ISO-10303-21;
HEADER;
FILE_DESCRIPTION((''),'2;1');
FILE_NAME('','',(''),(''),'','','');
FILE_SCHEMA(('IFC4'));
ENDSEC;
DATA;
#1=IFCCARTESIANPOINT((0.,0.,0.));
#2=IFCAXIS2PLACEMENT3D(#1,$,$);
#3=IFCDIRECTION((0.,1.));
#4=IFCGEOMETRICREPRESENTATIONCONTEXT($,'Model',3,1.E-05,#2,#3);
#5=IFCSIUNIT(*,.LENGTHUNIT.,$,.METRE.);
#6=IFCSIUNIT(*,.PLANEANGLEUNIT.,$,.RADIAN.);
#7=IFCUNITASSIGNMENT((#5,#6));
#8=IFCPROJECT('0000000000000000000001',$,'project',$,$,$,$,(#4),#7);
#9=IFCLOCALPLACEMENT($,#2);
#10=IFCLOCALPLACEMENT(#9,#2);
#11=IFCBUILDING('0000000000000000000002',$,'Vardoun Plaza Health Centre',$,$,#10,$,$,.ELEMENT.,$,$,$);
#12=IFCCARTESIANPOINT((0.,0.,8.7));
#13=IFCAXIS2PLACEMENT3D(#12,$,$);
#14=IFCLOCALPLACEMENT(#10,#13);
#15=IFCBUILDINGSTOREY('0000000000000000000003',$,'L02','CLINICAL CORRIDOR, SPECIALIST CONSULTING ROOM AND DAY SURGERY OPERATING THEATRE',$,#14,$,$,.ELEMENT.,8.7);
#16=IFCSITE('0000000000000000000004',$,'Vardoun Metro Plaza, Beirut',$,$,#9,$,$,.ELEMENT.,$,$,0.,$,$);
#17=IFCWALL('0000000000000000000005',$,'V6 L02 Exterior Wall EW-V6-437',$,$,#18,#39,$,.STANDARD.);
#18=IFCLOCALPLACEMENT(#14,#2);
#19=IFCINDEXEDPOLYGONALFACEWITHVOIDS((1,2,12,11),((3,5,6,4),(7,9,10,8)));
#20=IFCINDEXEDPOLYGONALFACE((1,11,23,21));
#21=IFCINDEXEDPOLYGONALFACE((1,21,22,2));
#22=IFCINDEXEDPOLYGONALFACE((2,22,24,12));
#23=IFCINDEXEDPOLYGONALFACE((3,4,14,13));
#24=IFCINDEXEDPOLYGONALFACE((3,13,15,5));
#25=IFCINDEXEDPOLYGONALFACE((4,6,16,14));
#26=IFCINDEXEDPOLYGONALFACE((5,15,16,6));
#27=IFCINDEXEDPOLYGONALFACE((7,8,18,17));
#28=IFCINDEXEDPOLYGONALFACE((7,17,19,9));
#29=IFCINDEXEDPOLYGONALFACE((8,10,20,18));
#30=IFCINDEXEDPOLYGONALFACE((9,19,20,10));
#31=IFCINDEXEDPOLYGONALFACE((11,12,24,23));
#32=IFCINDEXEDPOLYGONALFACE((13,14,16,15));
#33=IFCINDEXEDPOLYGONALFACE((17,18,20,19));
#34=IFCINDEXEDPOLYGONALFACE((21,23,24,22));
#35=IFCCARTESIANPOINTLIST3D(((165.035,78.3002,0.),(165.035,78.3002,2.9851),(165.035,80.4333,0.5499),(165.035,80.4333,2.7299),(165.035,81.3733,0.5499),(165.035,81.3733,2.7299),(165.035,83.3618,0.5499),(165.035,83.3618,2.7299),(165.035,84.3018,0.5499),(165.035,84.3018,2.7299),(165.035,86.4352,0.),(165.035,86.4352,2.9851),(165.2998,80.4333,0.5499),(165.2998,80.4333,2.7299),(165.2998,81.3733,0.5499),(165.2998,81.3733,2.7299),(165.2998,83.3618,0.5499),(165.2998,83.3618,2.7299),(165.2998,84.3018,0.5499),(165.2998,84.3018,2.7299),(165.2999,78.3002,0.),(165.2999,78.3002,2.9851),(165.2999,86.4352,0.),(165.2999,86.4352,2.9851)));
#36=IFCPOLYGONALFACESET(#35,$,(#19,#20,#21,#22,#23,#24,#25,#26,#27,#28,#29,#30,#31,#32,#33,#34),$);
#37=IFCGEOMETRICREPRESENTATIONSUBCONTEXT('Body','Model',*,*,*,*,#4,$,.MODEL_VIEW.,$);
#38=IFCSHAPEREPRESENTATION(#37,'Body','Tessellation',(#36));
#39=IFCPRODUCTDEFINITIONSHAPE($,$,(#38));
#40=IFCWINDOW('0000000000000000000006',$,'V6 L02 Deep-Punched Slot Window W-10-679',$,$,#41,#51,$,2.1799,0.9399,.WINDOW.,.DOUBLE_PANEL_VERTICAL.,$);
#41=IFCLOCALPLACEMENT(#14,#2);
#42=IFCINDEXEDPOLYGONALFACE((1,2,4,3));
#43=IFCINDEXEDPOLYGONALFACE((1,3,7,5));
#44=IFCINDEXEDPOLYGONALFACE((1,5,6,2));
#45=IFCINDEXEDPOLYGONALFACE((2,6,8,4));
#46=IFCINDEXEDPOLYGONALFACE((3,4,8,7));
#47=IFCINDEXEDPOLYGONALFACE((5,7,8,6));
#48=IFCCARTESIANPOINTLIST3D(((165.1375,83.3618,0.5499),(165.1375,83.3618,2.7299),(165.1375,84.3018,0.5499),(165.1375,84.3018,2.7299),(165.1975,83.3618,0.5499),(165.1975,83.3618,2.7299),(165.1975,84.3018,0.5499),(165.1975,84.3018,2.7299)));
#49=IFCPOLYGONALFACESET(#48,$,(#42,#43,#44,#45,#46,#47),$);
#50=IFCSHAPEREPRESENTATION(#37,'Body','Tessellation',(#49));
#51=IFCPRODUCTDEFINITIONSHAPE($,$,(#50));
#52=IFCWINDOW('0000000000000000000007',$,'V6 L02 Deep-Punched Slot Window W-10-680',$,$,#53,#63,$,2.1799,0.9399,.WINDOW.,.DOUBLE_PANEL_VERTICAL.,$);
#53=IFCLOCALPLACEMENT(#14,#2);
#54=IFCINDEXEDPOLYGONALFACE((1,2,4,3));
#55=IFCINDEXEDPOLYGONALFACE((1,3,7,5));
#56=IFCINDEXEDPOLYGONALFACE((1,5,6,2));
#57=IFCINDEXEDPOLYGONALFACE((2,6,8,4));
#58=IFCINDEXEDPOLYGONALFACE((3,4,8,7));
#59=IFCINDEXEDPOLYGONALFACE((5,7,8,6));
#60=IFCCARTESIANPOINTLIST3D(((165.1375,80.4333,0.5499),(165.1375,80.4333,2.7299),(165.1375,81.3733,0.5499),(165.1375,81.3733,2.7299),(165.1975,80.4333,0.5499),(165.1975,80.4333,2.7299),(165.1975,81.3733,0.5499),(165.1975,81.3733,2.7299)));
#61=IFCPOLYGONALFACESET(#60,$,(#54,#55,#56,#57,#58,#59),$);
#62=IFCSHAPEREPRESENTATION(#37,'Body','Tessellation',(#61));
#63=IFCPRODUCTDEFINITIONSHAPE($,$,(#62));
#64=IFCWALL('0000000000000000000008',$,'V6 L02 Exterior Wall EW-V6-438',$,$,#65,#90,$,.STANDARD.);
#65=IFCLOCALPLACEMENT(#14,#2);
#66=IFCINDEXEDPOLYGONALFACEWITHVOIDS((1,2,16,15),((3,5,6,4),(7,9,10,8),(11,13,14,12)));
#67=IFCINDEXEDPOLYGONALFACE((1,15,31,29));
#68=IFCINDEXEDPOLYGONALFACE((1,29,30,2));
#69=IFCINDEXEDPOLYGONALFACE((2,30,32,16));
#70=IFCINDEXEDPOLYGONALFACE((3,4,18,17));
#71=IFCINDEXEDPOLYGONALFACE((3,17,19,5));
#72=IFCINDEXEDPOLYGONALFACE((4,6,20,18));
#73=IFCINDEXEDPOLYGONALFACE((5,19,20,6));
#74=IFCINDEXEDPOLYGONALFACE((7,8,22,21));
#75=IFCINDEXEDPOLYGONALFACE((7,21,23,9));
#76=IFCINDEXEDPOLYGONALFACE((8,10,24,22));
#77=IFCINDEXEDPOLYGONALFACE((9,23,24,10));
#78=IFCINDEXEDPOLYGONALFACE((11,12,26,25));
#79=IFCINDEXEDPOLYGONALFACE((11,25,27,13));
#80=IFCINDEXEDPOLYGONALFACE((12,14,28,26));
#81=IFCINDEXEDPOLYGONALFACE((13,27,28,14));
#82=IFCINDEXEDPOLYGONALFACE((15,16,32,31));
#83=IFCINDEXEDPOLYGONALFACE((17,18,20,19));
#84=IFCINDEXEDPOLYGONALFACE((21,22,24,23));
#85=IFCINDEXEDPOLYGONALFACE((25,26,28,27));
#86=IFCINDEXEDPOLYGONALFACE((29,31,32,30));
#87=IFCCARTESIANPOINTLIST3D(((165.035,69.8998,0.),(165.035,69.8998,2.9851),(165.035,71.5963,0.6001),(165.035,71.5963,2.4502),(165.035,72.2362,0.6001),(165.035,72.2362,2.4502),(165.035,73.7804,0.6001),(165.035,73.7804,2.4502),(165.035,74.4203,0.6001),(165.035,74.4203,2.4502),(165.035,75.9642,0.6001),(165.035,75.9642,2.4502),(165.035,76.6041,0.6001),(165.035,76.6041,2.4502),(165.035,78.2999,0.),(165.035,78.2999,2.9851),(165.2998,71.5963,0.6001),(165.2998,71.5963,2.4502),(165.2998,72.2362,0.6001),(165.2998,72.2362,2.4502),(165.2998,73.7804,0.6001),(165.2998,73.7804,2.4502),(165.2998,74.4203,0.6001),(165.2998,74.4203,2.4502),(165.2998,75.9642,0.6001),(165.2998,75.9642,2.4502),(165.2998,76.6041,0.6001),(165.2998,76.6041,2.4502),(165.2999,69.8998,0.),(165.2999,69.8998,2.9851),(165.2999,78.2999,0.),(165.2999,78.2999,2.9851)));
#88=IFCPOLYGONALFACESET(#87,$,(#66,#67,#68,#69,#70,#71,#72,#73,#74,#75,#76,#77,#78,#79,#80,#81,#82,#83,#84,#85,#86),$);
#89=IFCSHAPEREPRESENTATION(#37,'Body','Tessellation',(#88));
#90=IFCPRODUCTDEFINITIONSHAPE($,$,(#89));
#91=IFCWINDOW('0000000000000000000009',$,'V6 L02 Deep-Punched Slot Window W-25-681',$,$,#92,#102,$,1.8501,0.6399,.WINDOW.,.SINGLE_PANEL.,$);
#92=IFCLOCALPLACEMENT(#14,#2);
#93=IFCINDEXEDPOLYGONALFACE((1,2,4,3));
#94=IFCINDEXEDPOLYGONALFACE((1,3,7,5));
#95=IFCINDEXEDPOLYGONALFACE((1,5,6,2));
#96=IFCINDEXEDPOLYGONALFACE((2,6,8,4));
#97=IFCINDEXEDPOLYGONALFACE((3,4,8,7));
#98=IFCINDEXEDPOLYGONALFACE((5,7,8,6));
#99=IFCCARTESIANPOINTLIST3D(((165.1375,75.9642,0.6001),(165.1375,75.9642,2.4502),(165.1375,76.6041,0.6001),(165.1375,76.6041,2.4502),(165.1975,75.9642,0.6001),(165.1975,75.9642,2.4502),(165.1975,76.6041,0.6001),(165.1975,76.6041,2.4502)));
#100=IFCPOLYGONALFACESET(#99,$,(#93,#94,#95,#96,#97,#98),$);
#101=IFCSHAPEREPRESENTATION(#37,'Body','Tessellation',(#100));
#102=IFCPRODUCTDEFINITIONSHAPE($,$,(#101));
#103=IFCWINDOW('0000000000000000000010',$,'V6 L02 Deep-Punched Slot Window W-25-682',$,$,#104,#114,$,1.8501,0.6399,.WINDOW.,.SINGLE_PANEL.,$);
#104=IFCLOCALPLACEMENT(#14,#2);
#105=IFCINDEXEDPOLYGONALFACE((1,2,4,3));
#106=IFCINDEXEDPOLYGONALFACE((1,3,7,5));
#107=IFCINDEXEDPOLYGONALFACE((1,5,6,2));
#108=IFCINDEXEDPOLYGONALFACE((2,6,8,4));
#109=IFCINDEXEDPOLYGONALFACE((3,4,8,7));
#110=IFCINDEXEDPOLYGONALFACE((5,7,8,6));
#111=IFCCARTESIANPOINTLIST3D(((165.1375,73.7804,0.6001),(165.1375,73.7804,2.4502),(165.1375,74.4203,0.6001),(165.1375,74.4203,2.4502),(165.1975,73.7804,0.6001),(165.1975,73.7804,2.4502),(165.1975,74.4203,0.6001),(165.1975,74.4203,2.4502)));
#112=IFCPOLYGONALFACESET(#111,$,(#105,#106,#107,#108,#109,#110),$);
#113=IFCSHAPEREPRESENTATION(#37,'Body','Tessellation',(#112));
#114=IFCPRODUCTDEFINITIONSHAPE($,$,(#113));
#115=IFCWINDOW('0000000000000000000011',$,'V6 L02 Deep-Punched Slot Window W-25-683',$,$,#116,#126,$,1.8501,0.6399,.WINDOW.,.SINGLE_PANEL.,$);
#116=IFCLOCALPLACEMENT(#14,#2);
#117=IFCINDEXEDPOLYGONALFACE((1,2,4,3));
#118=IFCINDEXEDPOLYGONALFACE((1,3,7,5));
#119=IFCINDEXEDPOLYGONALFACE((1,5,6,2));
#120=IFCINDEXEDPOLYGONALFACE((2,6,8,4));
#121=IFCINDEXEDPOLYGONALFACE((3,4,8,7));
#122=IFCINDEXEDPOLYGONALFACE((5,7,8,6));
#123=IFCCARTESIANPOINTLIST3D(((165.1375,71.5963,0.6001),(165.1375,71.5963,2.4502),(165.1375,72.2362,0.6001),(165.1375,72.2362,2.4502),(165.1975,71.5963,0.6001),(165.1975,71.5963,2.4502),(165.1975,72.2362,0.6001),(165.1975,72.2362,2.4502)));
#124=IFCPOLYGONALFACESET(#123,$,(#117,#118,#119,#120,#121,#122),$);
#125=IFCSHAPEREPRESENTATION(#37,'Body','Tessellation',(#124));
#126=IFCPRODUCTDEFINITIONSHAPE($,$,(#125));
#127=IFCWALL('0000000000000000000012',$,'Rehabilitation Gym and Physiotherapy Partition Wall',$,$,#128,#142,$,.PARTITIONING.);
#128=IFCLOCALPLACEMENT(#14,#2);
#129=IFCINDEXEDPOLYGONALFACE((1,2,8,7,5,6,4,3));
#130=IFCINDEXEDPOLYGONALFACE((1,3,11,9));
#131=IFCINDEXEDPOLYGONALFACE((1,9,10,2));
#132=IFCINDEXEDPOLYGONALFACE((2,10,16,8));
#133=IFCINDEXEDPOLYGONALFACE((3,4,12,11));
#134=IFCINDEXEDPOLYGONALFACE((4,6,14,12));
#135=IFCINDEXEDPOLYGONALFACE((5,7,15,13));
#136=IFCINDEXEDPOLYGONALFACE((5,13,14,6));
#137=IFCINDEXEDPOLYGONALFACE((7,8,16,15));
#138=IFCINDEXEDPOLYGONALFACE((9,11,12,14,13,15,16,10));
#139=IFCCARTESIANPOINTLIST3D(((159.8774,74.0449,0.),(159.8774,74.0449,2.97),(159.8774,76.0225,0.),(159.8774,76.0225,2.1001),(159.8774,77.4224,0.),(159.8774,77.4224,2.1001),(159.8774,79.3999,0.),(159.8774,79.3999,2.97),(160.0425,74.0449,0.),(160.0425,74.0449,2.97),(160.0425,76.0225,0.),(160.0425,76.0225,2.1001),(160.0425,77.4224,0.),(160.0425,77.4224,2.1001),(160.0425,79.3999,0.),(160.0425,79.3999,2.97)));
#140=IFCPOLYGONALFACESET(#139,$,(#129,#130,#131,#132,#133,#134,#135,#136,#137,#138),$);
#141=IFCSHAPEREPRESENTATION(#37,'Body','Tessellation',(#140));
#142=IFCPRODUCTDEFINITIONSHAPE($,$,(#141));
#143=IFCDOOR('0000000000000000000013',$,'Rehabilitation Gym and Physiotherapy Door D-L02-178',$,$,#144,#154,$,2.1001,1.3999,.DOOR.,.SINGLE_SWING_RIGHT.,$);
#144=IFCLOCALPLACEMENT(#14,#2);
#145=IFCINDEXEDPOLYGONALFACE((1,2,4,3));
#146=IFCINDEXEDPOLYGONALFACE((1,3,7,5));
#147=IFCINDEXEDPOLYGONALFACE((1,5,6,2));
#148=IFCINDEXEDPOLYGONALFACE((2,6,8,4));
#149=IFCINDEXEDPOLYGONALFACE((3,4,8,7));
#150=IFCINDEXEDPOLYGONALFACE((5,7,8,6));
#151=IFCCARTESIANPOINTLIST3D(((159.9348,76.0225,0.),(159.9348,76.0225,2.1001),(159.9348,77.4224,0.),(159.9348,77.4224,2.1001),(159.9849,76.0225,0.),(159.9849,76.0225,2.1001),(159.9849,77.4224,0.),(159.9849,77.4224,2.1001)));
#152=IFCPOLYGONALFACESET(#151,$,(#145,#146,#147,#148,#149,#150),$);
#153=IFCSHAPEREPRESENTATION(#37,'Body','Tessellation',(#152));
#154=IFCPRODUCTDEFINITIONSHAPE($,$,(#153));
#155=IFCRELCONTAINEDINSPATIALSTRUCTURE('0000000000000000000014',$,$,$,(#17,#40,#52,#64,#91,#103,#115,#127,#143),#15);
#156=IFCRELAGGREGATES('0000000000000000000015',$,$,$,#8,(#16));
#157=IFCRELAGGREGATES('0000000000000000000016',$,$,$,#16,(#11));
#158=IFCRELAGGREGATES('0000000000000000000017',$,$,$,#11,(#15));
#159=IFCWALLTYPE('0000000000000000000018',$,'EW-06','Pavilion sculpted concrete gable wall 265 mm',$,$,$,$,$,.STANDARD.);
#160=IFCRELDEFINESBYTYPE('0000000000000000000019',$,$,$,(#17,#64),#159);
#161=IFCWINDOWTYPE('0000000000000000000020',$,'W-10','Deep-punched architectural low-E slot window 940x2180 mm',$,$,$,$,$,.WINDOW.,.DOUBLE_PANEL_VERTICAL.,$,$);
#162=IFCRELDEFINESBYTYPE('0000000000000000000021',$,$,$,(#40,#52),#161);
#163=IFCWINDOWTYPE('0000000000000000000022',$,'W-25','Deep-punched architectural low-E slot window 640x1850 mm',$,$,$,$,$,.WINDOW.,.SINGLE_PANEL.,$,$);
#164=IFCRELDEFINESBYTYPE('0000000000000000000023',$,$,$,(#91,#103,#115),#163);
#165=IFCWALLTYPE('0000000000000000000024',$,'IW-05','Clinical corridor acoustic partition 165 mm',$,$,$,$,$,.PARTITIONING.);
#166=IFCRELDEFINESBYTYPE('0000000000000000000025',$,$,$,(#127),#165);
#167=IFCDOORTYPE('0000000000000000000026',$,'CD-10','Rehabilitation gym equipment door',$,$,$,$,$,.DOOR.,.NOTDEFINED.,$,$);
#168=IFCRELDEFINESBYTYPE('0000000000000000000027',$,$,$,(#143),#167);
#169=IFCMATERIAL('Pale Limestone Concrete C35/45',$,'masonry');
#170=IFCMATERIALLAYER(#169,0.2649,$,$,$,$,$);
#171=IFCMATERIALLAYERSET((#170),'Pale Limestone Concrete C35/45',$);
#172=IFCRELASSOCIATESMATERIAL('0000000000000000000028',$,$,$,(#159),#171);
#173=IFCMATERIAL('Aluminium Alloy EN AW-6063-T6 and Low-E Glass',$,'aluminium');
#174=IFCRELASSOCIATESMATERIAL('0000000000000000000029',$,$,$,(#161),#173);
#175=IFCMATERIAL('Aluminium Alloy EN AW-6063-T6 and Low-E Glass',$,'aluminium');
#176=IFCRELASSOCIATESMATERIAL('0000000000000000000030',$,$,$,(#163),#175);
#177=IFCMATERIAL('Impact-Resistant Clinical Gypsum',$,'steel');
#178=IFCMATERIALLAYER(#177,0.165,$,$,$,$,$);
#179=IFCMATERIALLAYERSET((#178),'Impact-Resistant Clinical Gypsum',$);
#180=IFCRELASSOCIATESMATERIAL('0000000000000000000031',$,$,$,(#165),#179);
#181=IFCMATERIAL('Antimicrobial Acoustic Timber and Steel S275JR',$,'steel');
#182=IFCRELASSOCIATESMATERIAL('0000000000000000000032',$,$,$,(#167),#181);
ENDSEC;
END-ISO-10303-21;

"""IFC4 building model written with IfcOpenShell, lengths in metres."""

from ifc_helpers import new_model, si_unit, direction, frame, frame_2d, origin, place, context, subcontext, project, spatial, rectangle, extrude, material, layer, layer_set, type_object, element, fill, save


model = new_model("IFC4")

# Units and contexts
model_context = context("Model", 3, precision=1e-05, world=origin(), true_north=direction((0.0, 1.0)))
body_context = subcontext(model_context, "Body", "Model", "MODEL_VIEW")
ifc_project = project(units=[si_unit("LENGTHUNIT", "METRE"), si_unit("PLANEANGLEUNIT", "RADIAN")], contexts=[model_context])

# Site, building, storey
site_placement = place(None, origin())
site = spatial("IfcSite", under=ifc_project, at=site_placement, Name="Vardoun Metro Plaza, Beirut", CompositionType="ELEMENT", RefElevation=0.0)
building_placement = place(site_placement, origin())
building = spatial("IfcBuilding", under=site, at=building_placement, Name="Vardoun Plaza Health Centre", CompositionType="ELEMENT")
storey_placement = place(building_placement, frame((0.0, 0.0, 8.7)))
storey = spatial("IfcBuildingStorey", under=building, at=storey_placement, Name="L02", Description="CLINICAL CORRIDOR, SPECIALIST CONSULTING ROOM AND DAY SURGERY OPERATING THEATRE", CompositionType="ELEMENT", Elevation=8.7)

# Walls, openings, windows
ifc_material_1 = material(Name="Pale Limestone Concrete C35/45", Category="masonry")
ifc_layer_1 = layer(ifc_material_1, 0.2649)
ifc_layer_set_1 = layer_set([ifc_layer_1], Name="Pale Limestone Concrete C35/45")
wall_type_1 = type_object("IfcWallType", Name="EW-06", Description="Pavilion sculpted concrete gable wall 265 mm", PredefinedType="STANDARD", material=ifc_layer_set_1)
wall_1_placement = place(storey_placement, frame((165.1675, 86.4351, 0.0), z_axis=(0.0, 0.0, 1.0), x_axis=(0.0, -1.0, 0.0)))
wall_1 = element("IfcWall", 1, at=wall_1_placement, inside=storey, type_object=wall_type_1, Name="V6 L02 Exterior Wall EW-V6-437", PredefinedType="STANDARD", context=body_context, shape_type="SweptSolid", body=[
    extrude(rectangle(XDim=8.135, YDim=0.2649, at=frame_2d((4.0674, 0.0))), origin(), (0.0, 0.0, 1.0), 2.9851),
])
opening_1_placement = place(wall_1_placement, frame((2.1333, 0.0, 0.55)))
opening_1 = element("IfcOpeningElement", 2, at=opening_1_placement, cuts=wall_1, PredefinedType="OPENING", context=body_context, shape_type="SweptSolid", body=[
    extrude(rectangle(XDim=0.9399, YDim=2.1799, at=frame_2d((0.47, 1.0898))), frame((0.0, 0.1323, 0.0), z_axis=(0.0, -1.0, 0.0), x_axis=(1.0, 0.0, 0.0)), (0.0, 0.0, 1.0), 0.2649),
])
opening_2_placement = place(wall_1_placement, frame((5.0618, 0.0, 0.55)))
opening_2 = element("IfcOpeningElement", 3, at=opening_2_placement, cuts=wall_1, PredefinedType="OPENING", context=body_context, shape_type="SweptSolid", body=[
    extrude(rectangle(XDim=0.9399, YDim=2.1799, at=frame_2d((0.47, 1.0898))), frame((0.0, 0.1323, 0.0), z_axis=(0.0, -1.0, 0.0), x_axis=(1.0, 0.0, 0.0)), (0.0, 0.0, 1.0), 0.2649),
])
ifc_material_2 = material(Name="Aluminium Alloy EN AW-6063-T6 and Low-E Glass", Category="aluminium")
window_type_1 = type_object("IfcWindowType", Name="W-10", Description="Deep-punched architectural low-E slot window 940x2180 mm", PartitioningType="DOUBLE_PANEL_VERTICAL", PredefinedType="WINDOW", material=ifc_material_2)
window_1_placement = place(opening_1_placement, origin())
window_1 = element("IfcWindow", 4, at=window_1_placement, inside=storey, type_object=window_type_1, Name="V6 L02 Deep-Punched Slot Window W-10-679", OverallHeight=2.1799, OverallWidth=0.9399, PartitioningType="DOUBLE_PANEL_VERTICAL", PredefinedType="WINDOW", context=body_context, shape_type="SweptSolid", body=[
    extrude(rectangle(XDim=0.9399, YDim=2.1799, at=frame_2d((0.47, 1.0898))), frame((0.0, 0.03, 0.0), z_axis=(0.0, -1.0, 0.0), x_axis=(1.0, 0.0, 0.0)), (0.0, 0.0, 1.0), 0.0601),
])
fill(opening_1, window_1)
window_2_placement = place(opening_2_placement, origin())
window_2 = element("IfcWindow", 5, at=window_2_placement, inside=storey, type_object=window_type_1, Name="V6 L02 Deep-Punched Slot Window W-10-680", OverallHeight=2.1799, OverallWidth=0.9399, PartitioningType="DOUBLE_PANEL_VERTICAL", PredefinedType="WINDOW", context=body_context, shape_type="SweptSolid", body=[
    extrude(rectangle(XDim=0.9399, YDim=2.1799, at=frame_2d((0.47, 1.0898))), frame((0.0, 0.03, 0.0), z_axis=(0.0, -1.0, 0.0), x_axis=(1.0, 0.0, 0.0)), (0.0, 0.0, 1.0), 0.0601),
])
fill(opening_2, window_2)
wall_2_placement = place(storey_placement, frame((165.1675, 78.3, 0.0), z_axis=(0.0, 0.0, 1.0), x_axis=(0.0, -1.0, 0.0)))
wall_2 = element("IfcWall", 6, at=wall_2_placement, inside=storey, type_object=wall_type_1, Name="V6 L02 Exterior Wall EW-V6-438", PredefinedType="STANDARD", context=body_context, shape_type="SweptSolid", body=[
    extrude(rectangle(XDim=8.4001, YDim=0.2649, at=frame_2d((4.2002, 0.0))), origin(), (0.0, 0.0, 1.0), 2.9851),
])
opening_3_placement = place(wall_2_placement, frame((1.696, 0.0, 0.6001)))
opening_3 = element("IfcOpeningElement", 7, at=opening_3_placement, cuts=wall_2, PredefinedType="OPENING", context=body_context, shape_type="SweptSolid", body=[
    extrude(rectangle(XDim=0.6399, YDim=1.8501, at=frame_2d((0.3198, 0.925))), frame((0.0, 0.1323, 0.0), z_axis=(0.0, -1.0, 0.0), x_axis=(1.0, 0.0, 0.0)), (0.0, 0.0, 1.0), 0.2649),
])
opening_4_placement = place(wall_2_placement, frame((3.8799, 0.0, 0.6001)))
opening_4 = element("IfcOpeningElement", 8, at=opening_4_placement, cuts=wall_2, PredefinedType="OPENING", context=body_context, shape_type="SweptSolid", body=[
    extrude(rectangle(XDim=0.6399, YDim=1.8501, at=frame_2d((0.3198, 0.925))), frame((0.0, 0.1323, 0.0), z_axis=(0.0, -1.0, 0.0), x_axis=(1.0, 0.0, 0.0)), (0.0, 0.0, 1.0), 0.2649),
])
opening_5_placement = place(wall_2_placement, frame((6.064, 0.0, 0.6001)))
opening_5 = element("IfcOpeningElement", 9, at=opening_5_placement, cuts=wall_2, PredefinedType="OPENING", context=body_context, shape_type="SweptSolid", body=[
    extrude(rectangle(XDim=0.6399, YDim=1.8501, at=frame_2d((0.3198, 0.925))), frame((0.0, 0.1323, 0.0), z_axis=(0.0, -1.0, 0.0), x_axis=(1.0, 0.0, 0.0)), (0.0, 0.0, 1.0), 0.2649),
])
ifc_material_3 = material(Name="Aluminium Alloy EN AW-6063-T6 and Low-E Glass", Category="aluminium")
window_type_2 = type_object("IfcWindowType", Name="W-25", Description="Deep-punched architectural low-E slot window 640x1850 mm", PartitioningType="SINGLE_PANEL", PredefinedType="WINDOW", material=ifc_material_3)
window_3_placement = place(opening_3_placement, origin())
window_3 = element("IfcWindow", 10, at=window_3_placement, inside=storey, type_object=window_type_2, Name="V6 L02 Deep-Punched Slot Window W-25-681", OverallHeight=1.8501, OverallWidth=0.6399, PartitioningType="SINGLE_PANEL", PredefinedType="WINDOW", context=body_context, shape_type="SweptSolid", body=[
    extrude(rectangle(XDim=0.6399, YDim=1.8501, at=frame_2d((0.3198, 0.925))), frame((0.0, 0.03, 0.0), z_axis=(0.0, -1.0, 0.0), x_axis=(1.0, 0.0, 0.0)), (0.0, 0.0, 1.0), 0.0601),
])
fill(opening_3, window_3)
window_4_placement = place(opening_4_placement, origin())
window_4 = element("IfcWindow", 11, at=window_4_placement, inside=storey, type_object=window_type_2, Name="V6 L02 Deep-Punched Slot Window W-25-682", OverallHeight=1.8501, OverallWidth=0.6399, PartitioningType="SINGLE_PANEL", PredefinedType="WINDOW", context=body_context, shape_type="SweptSolid", body=[
    extrude(rectangle(XDim=0.6399, YDim=1.8501, at=frame_2d((0.3198, 0.925))), frame((0.0, 0.03, 0.0), z_axis=(0.0, -1.0, 0.0), x_axis=(1.0, 0.0, 0.0)), (0.0, 0.0, 1.0), 0.0601),
])
fill(opening_4, window_4)
window_5_placement = place(opening_5_placement, origin())
window_5 = element("IfcWindow", 12, at=window_5_placement, inside=storey, type_object=window_type_2, Name="V6 L02 Deep-Punched Slot Window W-25-683", OverallHeight=1.8501, OverallWidth=0.6399, PartitioningType="SINGLE_PANEL", PredefinedType="WINDOW", context=body_context, shape_type="SweptSolid", body=[
    extrude(rectangle(XDim=0.6399, YDim=1.8501, at=frame_2d((0.3198, 0.925))), frame((0.0, 0.03, 0.0), z_axis=(0.0, -1.0, 0.0), x_axis=(1.0, 0.0, 0.0)), (0.0, 0.0, 1.0), 0.0601),
])
fill(opening_5, window_5)

# Wall, opening, door
ifc_material_4 = material(Name="Impact-Resistant Clinical Gypsum", Category="steel")
ifc_layer_2 = layer(ifc_material_4, 0.165)
ifc_layer_set_2 = layer_set([ifc_layer_2], Name="Impact-Resistant Clinical Gypsum")
wall_type_2 = type_object("IfcWallType", Name="IW-05", Description="Clinical corridor acoustic partition 165 mm", PredefinedType="PARTITIONING", material=ifc_layer_set_2)
wall_3_placement = place(storey_placement, frame((159.96, 79.3999, 0.0), z_axis=(0.0, 0.0, 1.0), x_axis=(0.0, -1.0, 0.0)))
wall_3 = element("IfcWall", 13, at=wall_3_placement, inside=storey, type_object=wall_type_2, Name="Rehabilitation Gym and Physiotherapy Partition Wall", PredefinedType="PARTITIONING", context=body_context, shape_type="SweptSolid", body=[
    extrude(rectangle(XDim=5.355, YDim=0.165, at=frame_2d((2.6775, 0.0))), origin(), (0.0, 0.0, 1.0), 2.97),
])
opening_6_placement = place(wall_3_placement, frame((1.9775, 0.0, 0.0)))
opening_6 = element("IfcOpeningElement", 14, at=opening_6_placement, cuts=wall_3, PredefinedType="OPENING", context=body_context, shape_type="SweptSolid", body=[
    extrude(rectangle(XDim=1.3999, YDim=2.1001, at=frame_2d((0.7, 1.05))), frame((0.0, 0.0825, 0.0), z_axis=(0.0, -1.0, 0.0), x_axis=(1.0, 0.0, 0.0)), (0.0, 0.0, 1.0), 0.165),
])
ifc_material_5 = material(Name="Antimicrobial Acoustic Timber and Steel S275JR", Category="steel")
door_type = type_object("IfcDoorType", Name="CD-10", Description="Rehabilitation gym equipment door", OperationType="NOTDEFINED", PredefinedType="DOOR", material=ifc_material_5)
door_placement = place(opening_6_placement, origin())
door = element("IfcDoor", 15, at=door_placement, inside=storey, type_object=door_type, Name="Rehabilitation Gym and Physiotherapy Door D-L02-178", OperationType="SINGLE_SWING_RIGHT", OverallHeight=2.1001, OverallWidth=1.3999, PredefinedType="DOOR", context=body_context, shape_type="SweptSolid", body=[
    extrude(rectangle(XDim=1.3999, YDim=2.1001, at=frame_2d((0.7, 1.05))), frame((0.0, 0.0249, 0.0), z_axis=(0.0, -1.0, 0.0), x_axis=(1.0, 0.0, 0.0)), (0.0, 0.0, 1.0), 0.05),
])
fill(opening_6, door)

save(model, "model.ifc")
